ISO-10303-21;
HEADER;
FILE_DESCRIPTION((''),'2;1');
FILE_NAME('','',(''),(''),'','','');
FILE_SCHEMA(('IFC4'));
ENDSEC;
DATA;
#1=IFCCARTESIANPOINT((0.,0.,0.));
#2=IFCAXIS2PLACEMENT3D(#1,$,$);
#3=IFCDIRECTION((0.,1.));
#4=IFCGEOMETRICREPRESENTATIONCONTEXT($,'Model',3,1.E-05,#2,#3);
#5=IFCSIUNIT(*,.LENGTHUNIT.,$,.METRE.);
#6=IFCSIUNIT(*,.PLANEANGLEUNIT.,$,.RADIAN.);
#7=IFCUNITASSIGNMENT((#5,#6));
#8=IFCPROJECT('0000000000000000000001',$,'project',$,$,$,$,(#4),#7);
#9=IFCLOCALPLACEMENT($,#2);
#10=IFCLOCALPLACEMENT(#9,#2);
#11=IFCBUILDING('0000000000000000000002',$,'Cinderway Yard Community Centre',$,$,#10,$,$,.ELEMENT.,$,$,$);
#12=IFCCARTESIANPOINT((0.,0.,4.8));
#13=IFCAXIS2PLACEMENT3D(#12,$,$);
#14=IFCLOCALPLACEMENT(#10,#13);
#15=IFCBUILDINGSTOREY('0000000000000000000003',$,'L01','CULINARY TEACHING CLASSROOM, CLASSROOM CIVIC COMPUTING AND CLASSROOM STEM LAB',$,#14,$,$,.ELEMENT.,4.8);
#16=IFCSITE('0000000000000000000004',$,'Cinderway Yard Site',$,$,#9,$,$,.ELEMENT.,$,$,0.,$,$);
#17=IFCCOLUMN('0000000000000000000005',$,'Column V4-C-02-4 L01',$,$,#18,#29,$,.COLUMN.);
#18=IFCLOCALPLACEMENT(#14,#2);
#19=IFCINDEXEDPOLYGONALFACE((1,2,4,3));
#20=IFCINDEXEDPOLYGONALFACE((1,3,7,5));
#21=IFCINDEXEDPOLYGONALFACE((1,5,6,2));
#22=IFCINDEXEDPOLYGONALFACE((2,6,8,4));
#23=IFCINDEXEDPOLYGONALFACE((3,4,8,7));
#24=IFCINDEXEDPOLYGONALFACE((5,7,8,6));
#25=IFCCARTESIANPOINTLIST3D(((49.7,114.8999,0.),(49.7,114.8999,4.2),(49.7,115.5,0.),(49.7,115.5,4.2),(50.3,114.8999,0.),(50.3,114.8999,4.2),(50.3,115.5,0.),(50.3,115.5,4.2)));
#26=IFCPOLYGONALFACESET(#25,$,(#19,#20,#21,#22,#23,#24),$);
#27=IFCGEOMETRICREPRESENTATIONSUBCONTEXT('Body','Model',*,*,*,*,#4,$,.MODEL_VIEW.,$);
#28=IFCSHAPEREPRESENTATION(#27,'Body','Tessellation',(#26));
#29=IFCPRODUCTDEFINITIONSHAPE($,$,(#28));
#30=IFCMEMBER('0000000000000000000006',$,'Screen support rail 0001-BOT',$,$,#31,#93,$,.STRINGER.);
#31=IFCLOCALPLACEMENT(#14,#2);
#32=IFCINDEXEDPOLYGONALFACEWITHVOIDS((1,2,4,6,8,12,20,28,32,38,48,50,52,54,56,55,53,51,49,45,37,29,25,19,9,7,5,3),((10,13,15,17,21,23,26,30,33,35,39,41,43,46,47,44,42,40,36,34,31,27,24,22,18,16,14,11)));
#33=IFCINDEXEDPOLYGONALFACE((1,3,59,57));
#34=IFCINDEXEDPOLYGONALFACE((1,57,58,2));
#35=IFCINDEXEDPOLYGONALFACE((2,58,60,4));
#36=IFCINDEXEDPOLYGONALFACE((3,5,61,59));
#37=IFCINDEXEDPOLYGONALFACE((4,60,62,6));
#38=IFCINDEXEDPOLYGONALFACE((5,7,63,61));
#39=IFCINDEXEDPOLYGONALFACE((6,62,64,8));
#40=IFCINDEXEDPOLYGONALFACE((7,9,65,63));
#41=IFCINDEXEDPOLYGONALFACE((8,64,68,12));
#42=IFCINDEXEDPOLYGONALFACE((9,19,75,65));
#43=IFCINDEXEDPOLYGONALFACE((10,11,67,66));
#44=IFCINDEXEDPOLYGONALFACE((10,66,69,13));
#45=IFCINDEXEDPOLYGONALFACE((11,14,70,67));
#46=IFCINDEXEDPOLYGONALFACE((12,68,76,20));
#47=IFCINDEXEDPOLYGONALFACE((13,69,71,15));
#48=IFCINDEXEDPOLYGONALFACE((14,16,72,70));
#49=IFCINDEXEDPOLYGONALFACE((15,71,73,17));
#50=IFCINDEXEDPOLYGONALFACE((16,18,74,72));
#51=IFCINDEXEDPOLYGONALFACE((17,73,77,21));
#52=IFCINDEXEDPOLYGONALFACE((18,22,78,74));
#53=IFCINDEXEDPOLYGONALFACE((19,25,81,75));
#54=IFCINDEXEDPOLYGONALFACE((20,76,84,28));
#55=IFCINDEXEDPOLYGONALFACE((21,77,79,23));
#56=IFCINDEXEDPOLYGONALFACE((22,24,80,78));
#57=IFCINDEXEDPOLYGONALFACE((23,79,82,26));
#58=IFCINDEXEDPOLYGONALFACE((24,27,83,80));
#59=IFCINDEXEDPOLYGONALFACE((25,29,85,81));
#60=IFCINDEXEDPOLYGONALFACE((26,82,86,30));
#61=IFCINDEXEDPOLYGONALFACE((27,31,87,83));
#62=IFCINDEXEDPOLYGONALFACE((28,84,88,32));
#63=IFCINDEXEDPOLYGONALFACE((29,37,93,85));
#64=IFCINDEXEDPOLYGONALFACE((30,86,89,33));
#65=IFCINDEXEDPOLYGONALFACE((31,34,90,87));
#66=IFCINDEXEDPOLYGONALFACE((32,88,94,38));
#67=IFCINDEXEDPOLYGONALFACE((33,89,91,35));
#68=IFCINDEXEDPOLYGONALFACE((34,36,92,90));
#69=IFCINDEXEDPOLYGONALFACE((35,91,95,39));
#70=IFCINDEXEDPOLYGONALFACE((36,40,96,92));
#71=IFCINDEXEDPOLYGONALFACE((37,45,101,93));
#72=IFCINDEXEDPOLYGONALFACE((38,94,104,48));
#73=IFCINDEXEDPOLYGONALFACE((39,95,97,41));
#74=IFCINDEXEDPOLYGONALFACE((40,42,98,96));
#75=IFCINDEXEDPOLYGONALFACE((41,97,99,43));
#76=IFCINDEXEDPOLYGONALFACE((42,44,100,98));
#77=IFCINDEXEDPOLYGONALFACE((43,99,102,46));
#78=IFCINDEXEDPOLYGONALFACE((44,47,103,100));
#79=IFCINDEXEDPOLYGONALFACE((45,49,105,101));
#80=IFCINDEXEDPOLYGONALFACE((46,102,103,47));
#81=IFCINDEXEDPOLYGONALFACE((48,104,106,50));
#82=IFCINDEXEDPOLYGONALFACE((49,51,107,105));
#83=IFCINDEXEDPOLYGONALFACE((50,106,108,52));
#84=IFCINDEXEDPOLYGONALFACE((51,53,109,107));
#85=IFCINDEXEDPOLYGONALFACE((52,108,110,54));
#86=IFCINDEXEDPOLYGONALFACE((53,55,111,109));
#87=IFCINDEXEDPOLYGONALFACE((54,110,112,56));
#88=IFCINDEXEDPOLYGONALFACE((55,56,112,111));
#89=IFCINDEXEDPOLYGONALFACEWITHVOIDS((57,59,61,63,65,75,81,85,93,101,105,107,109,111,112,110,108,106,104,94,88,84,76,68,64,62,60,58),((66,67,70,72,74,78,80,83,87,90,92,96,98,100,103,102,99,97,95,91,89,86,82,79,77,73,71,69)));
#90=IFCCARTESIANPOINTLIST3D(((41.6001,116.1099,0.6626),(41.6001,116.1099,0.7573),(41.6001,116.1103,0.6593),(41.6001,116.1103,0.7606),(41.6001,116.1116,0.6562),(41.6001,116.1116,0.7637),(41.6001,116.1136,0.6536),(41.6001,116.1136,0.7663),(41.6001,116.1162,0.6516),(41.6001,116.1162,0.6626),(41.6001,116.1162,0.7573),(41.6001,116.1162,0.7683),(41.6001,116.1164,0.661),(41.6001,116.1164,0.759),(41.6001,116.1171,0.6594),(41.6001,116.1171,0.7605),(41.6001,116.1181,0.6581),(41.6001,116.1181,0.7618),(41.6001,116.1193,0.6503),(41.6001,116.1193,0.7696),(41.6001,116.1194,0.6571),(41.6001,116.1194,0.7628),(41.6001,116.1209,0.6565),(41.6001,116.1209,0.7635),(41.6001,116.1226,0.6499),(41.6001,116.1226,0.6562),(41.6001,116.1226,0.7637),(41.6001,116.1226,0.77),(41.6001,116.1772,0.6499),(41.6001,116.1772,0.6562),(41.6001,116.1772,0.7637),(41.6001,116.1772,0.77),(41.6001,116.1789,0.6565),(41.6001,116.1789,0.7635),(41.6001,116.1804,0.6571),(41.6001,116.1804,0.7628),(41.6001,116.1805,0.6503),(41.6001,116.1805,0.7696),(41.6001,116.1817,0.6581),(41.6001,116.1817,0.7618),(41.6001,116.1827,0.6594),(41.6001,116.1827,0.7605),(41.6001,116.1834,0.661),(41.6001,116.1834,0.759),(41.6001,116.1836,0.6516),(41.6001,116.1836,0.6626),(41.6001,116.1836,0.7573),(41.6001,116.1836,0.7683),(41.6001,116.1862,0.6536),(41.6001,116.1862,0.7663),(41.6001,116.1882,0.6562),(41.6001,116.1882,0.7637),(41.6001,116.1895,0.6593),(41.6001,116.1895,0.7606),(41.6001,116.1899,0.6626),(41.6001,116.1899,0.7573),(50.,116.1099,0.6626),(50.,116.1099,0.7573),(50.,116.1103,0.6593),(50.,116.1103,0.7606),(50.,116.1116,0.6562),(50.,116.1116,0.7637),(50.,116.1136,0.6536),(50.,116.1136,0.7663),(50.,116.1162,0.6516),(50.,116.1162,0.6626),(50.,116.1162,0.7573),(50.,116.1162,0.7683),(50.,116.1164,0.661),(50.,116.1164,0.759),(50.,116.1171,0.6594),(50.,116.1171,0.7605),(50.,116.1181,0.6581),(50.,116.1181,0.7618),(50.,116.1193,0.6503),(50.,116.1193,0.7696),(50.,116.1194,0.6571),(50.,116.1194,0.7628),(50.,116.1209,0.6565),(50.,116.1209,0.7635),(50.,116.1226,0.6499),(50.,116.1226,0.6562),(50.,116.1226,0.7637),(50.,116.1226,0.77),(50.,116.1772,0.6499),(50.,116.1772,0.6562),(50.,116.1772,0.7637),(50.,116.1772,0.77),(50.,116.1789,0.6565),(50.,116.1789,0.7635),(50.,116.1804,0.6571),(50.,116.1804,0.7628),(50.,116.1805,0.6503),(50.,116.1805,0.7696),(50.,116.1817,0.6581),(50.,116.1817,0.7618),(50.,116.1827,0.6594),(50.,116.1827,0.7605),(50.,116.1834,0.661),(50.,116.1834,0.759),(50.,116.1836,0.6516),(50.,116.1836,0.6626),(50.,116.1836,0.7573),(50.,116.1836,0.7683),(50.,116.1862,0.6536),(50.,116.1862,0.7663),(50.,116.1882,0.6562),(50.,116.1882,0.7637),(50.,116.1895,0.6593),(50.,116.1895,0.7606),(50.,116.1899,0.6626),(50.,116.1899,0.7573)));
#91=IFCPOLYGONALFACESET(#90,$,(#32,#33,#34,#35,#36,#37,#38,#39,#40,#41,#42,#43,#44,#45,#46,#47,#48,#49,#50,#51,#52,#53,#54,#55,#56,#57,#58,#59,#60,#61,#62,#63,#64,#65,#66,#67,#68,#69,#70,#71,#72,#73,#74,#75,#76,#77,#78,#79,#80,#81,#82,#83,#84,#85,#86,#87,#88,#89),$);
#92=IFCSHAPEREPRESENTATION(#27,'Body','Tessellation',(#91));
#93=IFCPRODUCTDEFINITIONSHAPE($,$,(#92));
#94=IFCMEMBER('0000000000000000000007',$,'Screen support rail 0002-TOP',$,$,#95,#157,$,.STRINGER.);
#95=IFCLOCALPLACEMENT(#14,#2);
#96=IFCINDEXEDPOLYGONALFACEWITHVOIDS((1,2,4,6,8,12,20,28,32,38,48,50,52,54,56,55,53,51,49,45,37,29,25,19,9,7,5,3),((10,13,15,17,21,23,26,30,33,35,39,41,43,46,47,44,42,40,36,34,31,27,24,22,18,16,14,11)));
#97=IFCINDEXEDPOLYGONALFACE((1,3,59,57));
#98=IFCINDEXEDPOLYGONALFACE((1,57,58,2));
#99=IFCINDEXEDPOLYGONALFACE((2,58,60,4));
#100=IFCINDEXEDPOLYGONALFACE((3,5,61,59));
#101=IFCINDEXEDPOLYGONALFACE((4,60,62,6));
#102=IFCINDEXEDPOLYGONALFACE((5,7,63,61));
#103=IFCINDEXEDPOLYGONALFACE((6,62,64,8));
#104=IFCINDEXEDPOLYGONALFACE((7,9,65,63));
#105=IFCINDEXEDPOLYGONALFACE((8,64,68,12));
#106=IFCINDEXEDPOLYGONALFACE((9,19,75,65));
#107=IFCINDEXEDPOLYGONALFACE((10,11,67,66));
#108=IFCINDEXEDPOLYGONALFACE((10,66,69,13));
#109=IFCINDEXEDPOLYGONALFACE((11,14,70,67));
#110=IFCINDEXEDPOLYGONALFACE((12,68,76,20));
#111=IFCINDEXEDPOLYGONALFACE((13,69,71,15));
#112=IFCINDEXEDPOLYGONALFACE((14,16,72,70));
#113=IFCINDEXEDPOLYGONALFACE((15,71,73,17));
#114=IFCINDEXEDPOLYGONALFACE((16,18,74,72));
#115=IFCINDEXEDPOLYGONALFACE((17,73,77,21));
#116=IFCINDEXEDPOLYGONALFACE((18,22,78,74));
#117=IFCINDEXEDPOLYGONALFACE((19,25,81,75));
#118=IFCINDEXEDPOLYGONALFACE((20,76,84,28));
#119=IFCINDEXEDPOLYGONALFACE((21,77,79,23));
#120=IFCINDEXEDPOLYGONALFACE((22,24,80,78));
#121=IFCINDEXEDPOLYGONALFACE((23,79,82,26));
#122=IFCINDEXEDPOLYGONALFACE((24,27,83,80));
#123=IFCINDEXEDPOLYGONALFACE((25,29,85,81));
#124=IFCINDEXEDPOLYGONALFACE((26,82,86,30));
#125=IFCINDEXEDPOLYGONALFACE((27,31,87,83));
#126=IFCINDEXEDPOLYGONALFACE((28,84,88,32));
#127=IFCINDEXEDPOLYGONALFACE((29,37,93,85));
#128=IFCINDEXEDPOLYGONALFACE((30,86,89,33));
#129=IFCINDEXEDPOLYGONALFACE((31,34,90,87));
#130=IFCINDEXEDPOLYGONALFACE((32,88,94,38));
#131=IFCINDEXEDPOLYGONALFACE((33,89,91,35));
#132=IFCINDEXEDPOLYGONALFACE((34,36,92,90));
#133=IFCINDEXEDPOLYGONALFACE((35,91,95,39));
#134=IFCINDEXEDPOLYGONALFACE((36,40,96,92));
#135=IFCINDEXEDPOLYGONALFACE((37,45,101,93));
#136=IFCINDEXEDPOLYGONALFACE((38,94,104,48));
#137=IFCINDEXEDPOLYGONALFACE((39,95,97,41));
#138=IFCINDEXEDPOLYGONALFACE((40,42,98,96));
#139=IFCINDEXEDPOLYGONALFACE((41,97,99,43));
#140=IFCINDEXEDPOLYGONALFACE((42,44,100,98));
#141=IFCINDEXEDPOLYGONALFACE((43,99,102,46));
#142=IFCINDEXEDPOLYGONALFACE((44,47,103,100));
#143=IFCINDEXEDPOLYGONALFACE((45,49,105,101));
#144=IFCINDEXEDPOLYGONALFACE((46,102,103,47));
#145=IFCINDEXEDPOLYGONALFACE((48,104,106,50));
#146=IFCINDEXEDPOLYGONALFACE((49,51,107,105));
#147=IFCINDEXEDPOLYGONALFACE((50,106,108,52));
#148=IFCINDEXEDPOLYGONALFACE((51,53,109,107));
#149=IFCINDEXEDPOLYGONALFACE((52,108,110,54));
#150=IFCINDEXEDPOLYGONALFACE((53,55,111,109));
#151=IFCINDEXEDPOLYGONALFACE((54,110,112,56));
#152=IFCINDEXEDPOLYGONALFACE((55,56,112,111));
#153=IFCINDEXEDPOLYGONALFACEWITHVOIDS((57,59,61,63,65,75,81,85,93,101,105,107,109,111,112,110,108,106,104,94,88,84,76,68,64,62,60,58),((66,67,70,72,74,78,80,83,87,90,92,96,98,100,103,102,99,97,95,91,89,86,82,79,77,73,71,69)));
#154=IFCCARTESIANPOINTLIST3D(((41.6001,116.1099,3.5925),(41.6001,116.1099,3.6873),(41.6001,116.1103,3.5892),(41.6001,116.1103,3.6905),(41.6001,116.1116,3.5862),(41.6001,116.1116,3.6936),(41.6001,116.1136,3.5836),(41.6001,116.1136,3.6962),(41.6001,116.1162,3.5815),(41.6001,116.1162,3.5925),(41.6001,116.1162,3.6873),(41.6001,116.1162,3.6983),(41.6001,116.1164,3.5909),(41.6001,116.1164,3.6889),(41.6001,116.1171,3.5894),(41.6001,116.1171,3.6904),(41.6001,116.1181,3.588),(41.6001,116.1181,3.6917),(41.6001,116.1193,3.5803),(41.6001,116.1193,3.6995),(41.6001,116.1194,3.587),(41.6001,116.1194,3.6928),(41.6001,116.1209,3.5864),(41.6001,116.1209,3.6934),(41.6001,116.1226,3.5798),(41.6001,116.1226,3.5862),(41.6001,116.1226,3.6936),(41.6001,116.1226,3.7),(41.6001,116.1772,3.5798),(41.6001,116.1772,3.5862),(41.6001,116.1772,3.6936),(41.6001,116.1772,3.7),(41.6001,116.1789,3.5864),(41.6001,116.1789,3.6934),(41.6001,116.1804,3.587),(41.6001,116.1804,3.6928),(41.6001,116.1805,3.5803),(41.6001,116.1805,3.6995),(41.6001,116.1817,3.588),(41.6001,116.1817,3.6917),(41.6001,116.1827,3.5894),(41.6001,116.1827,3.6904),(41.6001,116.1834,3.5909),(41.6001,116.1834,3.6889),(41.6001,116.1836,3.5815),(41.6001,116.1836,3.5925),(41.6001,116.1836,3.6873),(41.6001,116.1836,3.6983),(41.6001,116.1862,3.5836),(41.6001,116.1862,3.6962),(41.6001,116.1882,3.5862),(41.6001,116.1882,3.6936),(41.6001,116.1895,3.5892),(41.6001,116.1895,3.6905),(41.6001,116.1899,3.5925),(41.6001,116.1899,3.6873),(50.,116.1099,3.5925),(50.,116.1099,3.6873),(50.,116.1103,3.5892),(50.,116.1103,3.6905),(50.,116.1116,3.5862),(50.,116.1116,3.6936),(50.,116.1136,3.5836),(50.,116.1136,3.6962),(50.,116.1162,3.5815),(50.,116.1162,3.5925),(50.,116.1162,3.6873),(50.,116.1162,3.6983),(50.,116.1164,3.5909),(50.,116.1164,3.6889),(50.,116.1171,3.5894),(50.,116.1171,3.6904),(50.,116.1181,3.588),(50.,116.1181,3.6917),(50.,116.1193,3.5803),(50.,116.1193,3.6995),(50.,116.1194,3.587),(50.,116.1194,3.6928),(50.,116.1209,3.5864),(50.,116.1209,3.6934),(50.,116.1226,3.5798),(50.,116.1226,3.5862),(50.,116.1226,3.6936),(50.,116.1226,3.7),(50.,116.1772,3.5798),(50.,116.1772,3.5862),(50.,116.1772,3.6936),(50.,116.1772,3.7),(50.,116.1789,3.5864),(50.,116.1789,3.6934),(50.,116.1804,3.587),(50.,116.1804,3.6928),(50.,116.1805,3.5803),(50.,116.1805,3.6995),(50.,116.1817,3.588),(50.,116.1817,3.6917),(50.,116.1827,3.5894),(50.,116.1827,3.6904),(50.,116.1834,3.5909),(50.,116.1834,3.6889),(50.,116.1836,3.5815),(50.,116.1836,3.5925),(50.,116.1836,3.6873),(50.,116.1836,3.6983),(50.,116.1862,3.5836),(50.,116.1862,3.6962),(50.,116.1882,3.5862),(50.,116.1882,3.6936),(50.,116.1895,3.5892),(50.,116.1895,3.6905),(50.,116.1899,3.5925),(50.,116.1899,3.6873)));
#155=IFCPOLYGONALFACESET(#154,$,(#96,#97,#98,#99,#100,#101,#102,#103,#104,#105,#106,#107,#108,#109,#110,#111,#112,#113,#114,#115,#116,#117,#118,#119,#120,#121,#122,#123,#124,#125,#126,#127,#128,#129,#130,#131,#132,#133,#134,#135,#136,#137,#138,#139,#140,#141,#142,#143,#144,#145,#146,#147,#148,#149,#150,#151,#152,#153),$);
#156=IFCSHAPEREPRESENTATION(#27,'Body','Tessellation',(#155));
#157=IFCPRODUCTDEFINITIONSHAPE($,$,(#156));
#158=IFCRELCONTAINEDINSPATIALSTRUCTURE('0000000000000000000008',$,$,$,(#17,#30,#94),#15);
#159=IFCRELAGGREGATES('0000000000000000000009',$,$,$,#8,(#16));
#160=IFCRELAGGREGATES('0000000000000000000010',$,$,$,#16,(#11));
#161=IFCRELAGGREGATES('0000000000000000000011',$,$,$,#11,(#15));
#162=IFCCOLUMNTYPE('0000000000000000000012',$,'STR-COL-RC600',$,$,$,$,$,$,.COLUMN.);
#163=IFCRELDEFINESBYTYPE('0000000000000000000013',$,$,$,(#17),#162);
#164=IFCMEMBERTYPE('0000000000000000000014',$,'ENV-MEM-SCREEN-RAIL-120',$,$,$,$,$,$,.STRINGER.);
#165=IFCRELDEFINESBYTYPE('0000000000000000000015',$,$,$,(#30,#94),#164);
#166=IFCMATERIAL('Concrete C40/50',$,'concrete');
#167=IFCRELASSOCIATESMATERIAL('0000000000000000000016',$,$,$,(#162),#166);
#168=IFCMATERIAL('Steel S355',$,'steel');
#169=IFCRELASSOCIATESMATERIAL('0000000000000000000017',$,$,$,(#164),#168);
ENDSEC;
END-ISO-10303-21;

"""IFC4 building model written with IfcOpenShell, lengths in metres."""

from ifc_helpers import new_model, si_unit, direction, frame, origin, origin_2d, place, context, subcontext, project, spatial, rectangle, hollow_rectangle, extrude, material, material_profile, profile_set, type_object, element, save


model = new_model("IFC4")

# Units and contexts
model_context = context("Model", 3, precision=1e-05, world=origin(), true_north=direction((0.0, 1.0)))
body_context = subcontext(model_context, "Body", "Model", "MODEL_VIEW")
ifc_project = project(units=[si_unit("LENGTHUNIT", "METRE"), si_unit("PLANEANGLEUNIT", "RADIAN")], contexts=[model_context])

# Site, building, storey
site_placement = place(None, origin())
site = spatial("IfcSite", under=ifc_project, at=site_placement, Name="Cinderway Yard Site", CompositionType="ELEMENT", RefElevation=0.0)
building_placement = place(site_placement, origin())
building = spatial("IfcBuilding", under=site, at=building_placement, Name="Cinderway Yard Community Centre", CompositionType="ELEMENT")
storey_placement = place(building_placement, frame((0.0, 0.0, 4.8)))
storey = spatial("IfcBuildingStorey", under=building, at=storey_placement, Name="L01", Description="CULINARY TEACHING CLASSROOM, CLASSROOM CIVIC COMPUTING AND CLASSROOM STEM LAB", CompositionType="ELEMENT", Elevation=4.8)

# Column
ifc_material_1 = material(Name="Concrete C40/50", Category="concrete")
ifc_material_profile_1 = material_profile(ifc_material_1, rectangle(XDim=0.6001, YDim=0.6001, at=origin_2d()), Name="Concrete C40/50")
ifc_profile_set_1 = profile_set([ifc_material_profile_1], Name="Concrete C40/50")
column_type = type_object("IfcColumnType", Name="STR-COL-RC600", PredefinedType="COLUMN", material=ifc_profile_set_1)
column_placement = place(storey_placement, frame((50.0, 115.2, 0.0), z_axis=(0.0, 0.0, 1.0), x_axis=(1.0, 0.0, 0.0)))
element("IfcColumn", 1, at=column_placement, inside=storey, type_object=column_type, Name="Column V4-C-02-4 L01", PredefinedType="COLUMN", context=body_context, shape_type="SweptSolid", body=[
    extrude(rectangle(XDim=0.6001, YDim=0.6001, at=origin_2d()), origin(), (0.0, 0.0, 1.0), 4.2),
])

# Members
ifc_material_2 = material(Name="Steel S355", Category="steel")
ifc_material_profile_2 = material_profile(ifc_material_2, hollow_rectangle(XDim=0.0801, YDim=0.1201, WallThickness=0.0063, InnerFilletRadius=0.0063, OuterFilletRadius=0.0127, at=origin_2d()), Name="Steel S355")
ifc_profile_set_2 = profile_set([ifc_material_profile_2], Name="Steel S355")
member_type_1 = type_object("IfcMemberType", Name="ENV-MEM-SCREEN-RAIL-120", PredefinedType="STRINGER", material=ifc_profile_set_2)
for number, where, z_axis, x_axis, name in (
    (2, (41.6001, 116.1499, 0.71), (1.0, 0.0, 0.0), (0.0, 1.0, 0.0), "Screen support rail 0001-BOT"),
    (3, (41.6001, 116.1499, 3.6399), (1.0, 0.0, 0.0), (0.0, 1.0, 0.0), "Screen support rail 0002-TOP"),
):
    element("IfcMember", number, at=place(storey_placement, frame(where, z_axis=z_axis, x_axis=x_axis)), inside=storey, type_object=member_type_1, Name=name, PredefinedType="STRINGER", context=body_context, shape_type="SweptSolid", body=[
        extrude(hollow_rectangle(XDim=0.0801, YDim=0.1201, WallThickness=0.0063, InnerFilletRadius=0.0063, OuterFilletRadius=0.0127, at=origin_2d()), origin(), (0.0, 0.0, 1.0), 8.3999),
    ])

save(model, "model.ifc")
